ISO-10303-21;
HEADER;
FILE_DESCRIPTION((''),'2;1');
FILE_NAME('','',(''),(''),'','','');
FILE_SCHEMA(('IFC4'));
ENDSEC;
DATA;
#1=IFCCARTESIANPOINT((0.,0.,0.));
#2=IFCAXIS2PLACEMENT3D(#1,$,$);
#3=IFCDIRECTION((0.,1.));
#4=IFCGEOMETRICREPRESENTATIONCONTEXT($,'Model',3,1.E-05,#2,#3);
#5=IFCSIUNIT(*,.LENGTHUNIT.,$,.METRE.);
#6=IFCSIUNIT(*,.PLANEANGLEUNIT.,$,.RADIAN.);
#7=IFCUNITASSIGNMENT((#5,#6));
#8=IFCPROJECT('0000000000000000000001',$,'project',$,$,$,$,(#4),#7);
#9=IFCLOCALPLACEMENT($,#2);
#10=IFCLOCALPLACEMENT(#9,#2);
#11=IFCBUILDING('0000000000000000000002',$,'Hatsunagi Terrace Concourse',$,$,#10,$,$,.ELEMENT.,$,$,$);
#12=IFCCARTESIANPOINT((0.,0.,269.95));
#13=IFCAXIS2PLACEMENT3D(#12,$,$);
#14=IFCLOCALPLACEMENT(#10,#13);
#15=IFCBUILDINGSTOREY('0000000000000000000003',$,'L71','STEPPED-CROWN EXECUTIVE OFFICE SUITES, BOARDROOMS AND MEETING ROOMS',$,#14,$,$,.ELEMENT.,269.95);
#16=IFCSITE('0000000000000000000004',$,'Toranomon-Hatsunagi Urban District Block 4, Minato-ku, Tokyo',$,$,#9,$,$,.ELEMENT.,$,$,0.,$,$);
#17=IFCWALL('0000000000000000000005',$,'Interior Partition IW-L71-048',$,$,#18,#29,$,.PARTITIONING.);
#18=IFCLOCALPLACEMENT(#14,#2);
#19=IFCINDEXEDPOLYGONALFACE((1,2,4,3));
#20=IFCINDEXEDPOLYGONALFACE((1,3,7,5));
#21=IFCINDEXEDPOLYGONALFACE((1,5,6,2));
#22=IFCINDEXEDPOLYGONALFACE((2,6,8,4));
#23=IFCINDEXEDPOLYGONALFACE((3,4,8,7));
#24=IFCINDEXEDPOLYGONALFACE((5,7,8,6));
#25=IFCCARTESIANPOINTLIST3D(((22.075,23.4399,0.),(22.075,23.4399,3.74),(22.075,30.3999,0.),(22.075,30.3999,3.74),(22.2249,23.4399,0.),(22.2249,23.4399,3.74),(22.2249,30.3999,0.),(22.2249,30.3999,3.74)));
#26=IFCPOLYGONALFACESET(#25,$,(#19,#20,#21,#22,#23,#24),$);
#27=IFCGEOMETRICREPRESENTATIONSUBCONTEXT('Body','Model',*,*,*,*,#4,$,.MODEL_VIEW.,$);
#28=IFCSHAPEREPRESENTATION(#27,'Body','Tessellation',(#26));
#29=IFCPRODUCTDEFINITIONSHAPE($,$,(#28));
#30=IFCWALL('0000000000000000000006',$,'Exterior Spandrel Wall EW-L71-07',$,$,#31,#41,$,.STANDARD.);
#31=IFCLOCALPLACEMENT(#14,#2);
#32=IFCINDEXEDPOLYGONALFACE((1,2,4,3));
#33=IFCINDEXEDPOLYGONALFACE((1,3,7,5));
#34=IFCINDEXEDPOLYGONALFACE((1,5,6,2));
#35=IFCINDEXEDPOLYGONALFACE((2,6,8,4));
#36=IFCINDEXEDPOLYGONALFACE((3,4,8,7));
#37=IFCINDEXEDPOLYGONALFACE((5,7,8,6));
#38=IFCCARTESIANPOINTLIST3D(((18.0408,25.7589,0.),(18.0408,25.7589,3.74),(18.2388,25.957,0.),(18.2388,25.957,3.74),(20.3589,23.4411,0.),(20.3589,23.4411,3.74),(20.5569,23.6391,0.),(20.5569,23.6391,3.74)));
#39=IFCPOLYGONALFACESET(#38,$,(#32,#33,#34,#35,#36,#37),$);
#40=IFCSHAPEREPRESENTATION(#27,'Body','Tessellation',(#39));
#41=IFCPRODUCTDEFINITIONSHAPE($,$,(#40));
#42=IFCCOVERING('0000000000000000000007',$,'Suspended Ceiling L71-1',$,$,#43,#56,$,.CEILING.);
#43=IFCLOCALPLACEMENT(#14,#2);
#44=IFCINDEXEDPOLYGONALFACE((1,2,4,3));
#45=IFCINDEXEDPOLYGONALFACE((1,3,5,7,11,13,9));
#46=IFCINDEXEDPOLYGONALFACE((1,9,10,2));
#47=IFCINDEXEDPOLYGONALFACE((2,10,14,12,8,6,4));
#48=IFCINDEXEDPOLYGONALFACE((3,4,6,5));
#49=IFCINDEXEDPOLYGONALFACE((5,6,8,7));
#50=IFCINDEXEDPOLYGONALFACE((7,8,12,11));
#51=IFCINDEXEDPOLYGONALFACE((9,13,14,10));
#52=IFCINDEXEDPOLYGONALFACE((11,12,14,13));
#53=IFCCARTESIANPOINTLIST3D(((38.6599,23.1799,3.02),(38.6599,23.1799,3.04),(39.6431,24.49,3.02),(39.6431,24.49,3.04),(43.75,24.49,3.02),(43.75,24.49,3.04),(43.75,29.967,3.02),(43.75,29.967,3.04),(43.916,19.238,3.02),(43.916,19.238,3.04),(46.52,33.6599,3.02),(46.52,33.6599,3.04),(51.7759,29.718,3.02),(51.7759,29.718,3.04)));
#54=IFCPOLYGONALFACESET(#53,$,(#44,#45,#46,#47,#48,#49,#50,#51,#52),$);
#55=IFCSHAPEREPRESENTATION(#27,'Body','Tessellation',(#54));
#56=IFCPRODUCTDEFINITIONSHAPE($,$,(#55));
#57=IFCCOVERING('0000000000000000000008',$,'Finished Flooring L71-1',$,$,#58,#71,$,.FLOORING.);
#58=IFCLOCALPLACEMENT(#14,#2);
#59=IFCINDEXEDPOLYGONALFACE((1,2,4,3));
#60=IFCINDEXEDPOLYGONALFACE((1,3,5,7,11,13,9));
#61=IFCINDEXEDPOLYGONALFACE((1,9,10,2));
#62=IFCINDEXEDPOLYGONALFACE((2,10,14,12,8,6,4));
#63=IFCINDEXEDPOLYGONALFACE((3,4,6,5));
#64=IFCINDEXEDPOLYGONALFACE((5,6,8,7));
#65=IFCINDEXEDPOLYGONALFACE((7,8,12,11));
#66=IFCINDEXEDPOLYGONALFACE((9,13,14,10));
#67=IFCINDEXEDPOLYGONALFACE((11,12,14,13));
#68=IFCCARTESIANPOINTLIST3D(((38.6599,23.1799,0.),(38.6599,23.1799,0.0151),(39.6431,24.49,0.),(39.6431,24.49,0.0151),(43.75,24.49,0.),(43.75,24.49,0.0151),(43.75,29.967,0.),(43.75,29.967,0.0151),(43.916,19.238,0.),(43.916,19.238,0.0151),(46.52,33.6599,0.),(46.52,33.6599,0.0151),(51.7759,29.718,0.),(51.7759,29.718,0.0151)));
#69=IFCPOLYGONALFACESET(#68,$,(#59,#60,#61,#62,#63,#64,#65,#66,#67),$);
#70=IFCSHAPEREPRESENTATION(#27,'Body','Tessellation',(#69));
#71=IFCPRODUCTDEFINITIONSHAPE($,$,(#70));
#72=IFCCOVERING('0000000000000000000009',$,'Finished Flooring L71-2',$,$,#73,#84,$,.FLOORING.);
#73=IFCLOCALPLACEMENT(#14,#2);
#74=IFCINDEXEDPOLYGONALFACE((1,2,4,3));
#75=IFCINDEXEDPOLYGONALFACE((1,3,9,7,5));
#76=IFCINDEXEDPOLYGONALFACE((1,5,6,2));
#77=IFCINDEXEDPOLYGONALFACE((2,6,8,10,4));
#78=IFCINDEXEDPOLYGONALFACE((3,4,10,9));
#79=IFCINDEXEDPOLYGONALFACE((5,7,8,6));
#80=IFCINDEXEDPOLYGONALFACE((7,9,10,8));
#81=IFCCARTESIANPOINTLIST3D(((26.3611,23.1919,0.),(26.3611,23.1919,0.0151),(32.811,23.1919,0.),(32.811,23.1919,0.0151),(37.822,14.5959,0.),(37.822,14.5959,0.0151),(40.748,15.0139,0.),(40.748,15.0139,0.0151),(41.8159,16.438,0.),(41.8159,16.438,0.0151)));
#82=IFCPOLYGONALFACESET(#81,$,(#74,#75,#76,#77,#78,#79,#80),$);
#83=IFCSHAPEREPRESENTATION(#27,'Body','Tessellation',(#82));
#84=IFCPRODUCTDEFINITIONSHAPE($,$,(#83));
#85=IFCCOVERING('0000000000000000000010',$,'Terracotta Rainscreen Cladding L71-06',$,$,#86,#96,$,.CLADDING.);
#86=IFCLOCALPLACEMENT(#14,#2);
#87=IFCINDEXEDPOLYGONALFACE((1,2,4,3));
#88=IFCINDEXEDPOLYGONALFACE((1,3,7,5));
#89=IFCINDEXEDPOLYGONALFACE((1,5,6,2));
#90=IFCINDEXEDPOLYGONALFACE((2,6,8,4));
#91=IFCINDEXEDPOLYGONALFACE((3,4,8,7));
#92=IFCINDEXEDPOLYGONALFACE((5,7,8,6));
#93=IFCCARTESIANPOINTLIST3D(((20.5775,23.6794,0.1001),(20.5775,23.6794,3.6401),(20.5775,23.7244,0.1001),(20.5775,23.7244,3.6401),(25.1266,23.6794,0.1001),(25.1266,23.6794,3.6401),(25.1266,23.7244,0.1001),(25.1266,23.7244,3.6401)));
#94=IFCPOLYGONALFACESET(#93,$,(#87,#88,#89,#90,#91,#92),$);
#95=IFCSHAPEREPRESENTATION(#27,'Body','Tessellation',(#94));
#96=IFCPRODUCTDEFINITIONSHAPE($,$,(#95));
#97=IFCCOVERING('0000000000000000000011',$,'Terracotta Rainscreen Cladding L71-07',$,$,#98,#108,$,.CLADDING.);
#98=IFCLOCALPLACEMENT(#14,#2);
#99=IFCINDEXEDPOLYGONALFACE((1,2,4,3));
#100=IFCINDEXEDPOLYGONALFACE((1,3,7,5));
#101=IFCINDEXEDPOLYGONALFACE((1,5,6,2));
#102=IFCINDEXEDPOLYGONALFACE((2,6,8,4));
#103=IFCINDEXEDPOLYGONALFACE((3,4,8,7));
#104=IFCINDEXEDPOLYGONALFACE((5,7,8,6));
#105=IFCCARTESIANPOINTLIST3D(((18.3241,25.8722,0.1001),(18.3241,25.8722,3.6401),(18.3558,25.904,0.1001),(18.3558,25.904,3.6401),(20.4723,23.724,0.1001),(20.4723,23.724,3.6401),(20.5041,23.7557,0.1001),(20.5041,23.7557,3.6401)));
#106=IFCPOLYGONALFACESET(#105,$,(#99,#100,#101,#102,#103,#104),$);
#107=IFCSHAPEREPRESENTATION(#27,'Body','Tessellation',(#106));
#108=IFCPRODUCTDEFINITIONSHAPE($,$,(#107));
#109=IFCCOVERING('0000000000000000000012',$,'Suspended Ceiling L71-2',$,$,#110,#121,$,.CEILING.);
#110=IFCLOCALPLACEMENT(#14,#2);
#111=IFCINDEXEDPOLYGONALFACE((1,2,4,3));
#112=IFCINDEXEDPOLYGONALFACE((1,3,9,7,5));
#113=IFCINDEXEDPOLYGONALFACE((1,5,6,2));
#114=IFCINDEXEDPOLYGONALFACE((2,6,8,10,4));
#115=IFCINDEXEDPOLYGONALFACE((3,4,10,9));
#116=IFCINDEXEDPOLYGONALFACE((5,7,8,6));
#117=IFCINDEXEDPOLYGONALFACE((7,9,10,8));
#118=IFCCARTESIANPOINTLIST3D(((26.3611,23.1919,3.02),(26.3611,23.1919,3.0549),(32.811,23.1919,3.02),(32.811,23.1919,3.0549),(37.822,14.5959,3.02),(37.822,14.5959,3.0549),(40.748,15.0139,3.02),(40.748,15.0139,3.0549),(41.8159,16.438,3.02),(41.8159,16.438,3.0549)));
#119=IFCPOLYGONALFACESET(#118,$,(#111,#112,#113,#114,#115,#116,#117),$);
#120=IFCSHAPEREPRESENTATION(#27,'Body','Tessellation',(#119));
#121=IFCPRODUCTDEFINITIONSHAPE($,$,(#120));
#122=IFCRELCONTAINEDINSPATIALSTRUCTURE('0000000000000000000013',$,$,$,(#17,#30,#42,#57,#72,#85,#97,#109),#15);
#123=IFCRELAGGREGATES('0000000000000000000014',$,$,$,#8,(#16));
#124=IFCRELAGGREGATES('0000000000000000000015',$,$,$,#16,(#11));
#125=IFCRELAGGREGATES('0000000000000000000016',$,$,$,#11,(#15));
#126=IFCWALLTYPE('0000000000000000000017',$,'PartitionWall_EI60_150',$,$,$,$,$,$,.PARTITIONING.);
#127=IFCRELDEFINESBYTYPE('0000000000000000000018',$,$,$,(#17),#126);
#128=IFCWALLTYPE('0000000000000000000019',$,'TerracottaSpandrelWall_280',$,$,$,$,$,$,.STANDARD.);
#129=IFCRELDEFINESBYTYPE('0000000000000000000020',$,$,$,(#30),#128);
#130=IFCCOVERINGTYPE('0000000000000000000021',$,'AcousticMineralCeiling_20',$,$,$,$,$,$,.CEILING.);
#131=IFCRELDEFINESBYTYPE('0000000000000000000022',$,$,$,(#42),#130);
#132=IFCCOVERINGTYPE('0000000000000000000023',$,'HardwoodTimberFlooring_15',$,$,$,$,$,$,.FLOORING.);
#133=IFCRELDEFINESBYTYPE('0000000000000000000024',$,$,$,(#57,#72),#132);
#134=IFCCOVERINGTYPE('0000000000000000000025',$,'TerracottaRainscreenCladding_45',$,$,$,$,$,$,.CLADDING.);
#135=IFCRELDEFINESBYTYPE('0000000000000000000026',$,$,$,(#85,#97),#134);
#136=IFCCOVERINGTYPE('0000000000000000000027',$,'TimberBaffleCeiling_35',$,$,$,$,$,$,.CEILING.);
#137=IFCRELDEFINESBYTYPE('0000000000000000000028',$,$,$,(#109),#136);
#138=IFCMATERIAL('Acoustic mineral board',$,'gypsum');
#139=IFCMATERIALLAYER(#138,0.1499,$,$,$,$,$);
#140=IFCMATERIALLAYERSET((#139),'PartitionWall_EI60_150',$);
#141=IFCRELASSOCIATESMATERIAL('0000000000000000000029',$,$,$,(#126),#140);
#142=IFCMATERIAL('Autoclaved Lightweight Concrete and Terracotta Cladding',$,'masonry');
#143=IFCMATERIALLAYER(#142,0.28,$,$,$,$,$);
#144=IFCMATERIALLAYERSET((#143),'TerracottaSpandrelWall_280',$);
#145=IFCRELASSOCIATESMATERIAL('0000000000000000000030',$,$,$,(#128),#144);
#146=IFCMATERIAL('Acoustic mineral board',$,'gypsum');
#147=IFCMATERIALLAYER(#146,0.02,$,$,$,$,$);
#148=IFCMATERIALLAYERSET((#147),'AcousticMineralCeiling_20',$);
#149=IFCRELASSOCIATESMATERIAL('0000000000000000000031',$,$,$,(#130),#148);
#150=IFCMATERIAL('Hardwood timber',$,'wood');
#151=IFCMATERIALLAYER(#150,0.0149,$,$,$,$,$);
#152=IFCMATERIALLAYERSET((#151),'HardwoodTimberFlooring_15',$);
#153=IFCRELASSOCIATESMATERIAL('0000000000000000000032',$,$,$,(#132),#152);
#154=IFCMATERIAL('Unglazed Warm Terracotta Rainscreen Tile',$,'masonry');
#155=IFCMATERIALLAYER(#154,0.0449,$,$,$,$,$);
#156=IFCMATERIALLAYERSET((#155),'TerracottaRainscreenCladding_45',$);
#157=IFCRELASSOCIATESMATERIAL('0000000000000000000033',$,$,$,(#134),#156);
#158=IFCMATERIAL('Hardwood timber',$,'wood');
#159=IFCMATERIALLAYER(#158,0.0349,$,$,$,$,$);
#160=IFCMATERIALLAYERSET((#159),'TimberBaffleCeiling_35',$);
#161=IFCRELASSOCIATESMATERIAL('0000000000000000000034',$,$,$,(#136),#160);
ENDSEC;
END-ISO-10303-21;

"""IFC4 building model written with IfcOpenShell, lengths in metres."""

from ifc_helpers import new_model, si_unit, direction, frame, frame_2d, origin, origin_2d, place, context, subcontext, project, spatial, polyline, rectangle, outline, extrude, material, layer, layer_set, type_object, element, save


model = new_model("IFC4")

# Units and contexts
model_context = context("Model", 3, precision=1e-05, world=origin(), true_north=direction((0.0, 1.0)))
body_context = subcontext(model_context, "Body", "Model", "MODEL_VIEW")
ifc_project = project(units=[si_unit("LENGTHUNIT", "METRE"), si_unit("PLANEANGLEUNIT", "RADIAN")], contexts=[model_context])

# Site, building, storey
site_placement = place(None, origin())
site = spatial("IfcSite", under=ifc_project, at=site_placement, Name="Toranomon-Hatsunagi Urban District Block 4, Minato-ku, Tokyo", CompositionType="ELEMENT", RefElevation=0.0)
building_placement = place(site_placement, origin())
building = spatial("IfcBuilding", under=site, at=building_placement, Name="Hatsunagi Terrace Concourse", CompositionType="ELEMENT")
storey_placement = place(building_placement, frame((0.0, 0.0, 269.95)))
storey = spatial("IfcBuildingStorey", under=building, at=storey_placement, Name="L71", Description="STEPPED-CROWN EXECUTIVE OFFICE SUITES, BOARDROOMS AND MEETING ROOMS", CompositionType="ELEMENT", Elevation=269.95)

# Shared definitions
ifc_material_1 = material(Name="Acoustic mineral board", Category="gypsum")
ifc_layer_1 = layer(ifc_material_1, 0.1499)
ifc_layer_set_1 = layer_set([ifc_layer_1], Name="PartitionWall_EI60_150")
wall_type_1 = type_object("IfcWallType", Name="PartitionWall_EI60_150", PredefinedType="PARTITIONING", material=ifc_layer_set_1)

# Walls
wall_1_placement = place(storey_placement, frame((22.1499, 23.4399, 0.0), z_axis=(0.0, 0.0, 1.0), x_axis=(0.0, 1.0, 0.0)))
element("IfcWall", 1, at=wall_1_placement, inside=storey, type_object=wall_type_1, Name="Interior Partition IW-L71-048", PredefinedType="PARTITIONING", context=body_context, shape_type="SweptSolid", body=[
    extrude(rectangle(XDim=6.96, YDim=0.1499, at=frame_2d((3.48, 0.0))), origin(), (0.0, 0.0, 1.0), 3.74),
])
ifc_material_2 = material(Name="Autoclaved Lightweight Concrete and Terracotta Cladding", Category="masonry")
ifc_layer_2 = layer(ifc_material_2, 0.28)
ifc_layer_set_2 = layer_set([ifc_layer_2], Name="TerracottaSpandrelWall_280")
wall_type_2 = type_object("IfcWallType", Name="TerracottaSpandrelWall_280", PredefinedType="STANDARD", material=ifc_layer_set_2)
wall_2_placement = place(storey_placement, frame((20.458, 23.54, 0.0), z_axis=(0.0, 0.0, 1.0), x_axis=(-0.707144, 0.70707, 0.0)))
element("IfcWall", 2, at=wall_2_placement, inside=storey, type_object=wall_type_2, Name="Exterior Spandrel Wall EW-L71-07", PredefinedType="STANDARD", context=body_context, shape_type="SweptSolid", body=[
    extrude(rectangle(XDim=3.2781, YDim=0.28, at=frame_2d((1.6392, 0.0))), origin(), (0.0, 0.0, 1.0), 3.74),
])

# Coverings
ifc_material_3 = material(Name="Acoustic mineral board", Category="gypsum")
ifc_layer_3 = layer(ifc_material_3, 0.02)
ifc_layer_set_3 = layer_set([ifc_layer_3], Name="AcousticMineralCeiling_20")
covering_type_1 = type_object("IfcCoveringType", Name="AcousticMineralCeiling_20", PredefinedType="CEILING", material=ifc_layer_set_3)
covering_1_placement = place(storey_placement, frame((0.0, 0.0, 3.02)))
element("IfcCovering", 3, at=covering_1_placement, inside=storey, type_object=covering_type_1, Name="Suspended Ceiling L71-1", PredefinedType="CEILING", context=body_context, shape_type="SweptSolid", body=[
    extrude(outline(polyline([(51.7759, 29.718), (46.52, 33.6599), (43.75, 29.967), (43.75, 24.49), (39.6431, 24.49), (38.6599, 23.1799), (43.916, 19.238), (51.7759, 29.718)])), origin(), (0.0, 0.0, 1.0), 0.02),
])
ifc_material_4 = material(Name="Hardwood timber", Category="wood")
ifc_layer_4 = layer(ifc_material_4, 0.0149)
ifc_layer_set_4 = layer_set([ifc_layer_4], Name="HardwoodTimberFlooring_15")
covering_type_2 = type_object("IfcCoveringType", Name="HardwoodTimberFlooring_15", PredefinedType="FLOORING", material=ifc_layer_set_4)
covering_2_placement = place(storey_placement, origin())
element("IfcCovering", 4, at=covering_2_placement, inside=storey, type_object=covering_type_2, Name="Finished Flooring L71-1", PredefinedType="FLOORING", context=body_context, shape_type="SweptSolid", body=[
    extrude(outline(polyline([(51.7759, 29.718), (46.52, 33.6599), (43.75, 29.967), (43.75, 24.49), (39.6431, 24.49), (38.6599, 23.1799), (43.916, 19.238), (51.7759, 29.718)])), origin(), (0.0, 0.0, 1.0), 0.0151),
])
covering_3_placement = place(storey_placement, origin())
element("IfcCovering", 5, at=covering_3_placement, inside=storey, type_object=covering_type_2, Name="Finished Flooring L71-2", PredefinedType="FLOORING", context=body_context, shape_type="SweptSolid", body=[
    extrude(outline(polyline([(26.3611, 23.1919), (37.822, 14.5959), (40.748, 15.0139), (41.8159, 16.438), (32.811, 23.1919), (26.3611, 23.1919)])), origin(), (0.0, 0.0, 1.0), 0.0151),
])
ifc_material_5 = material(Name="Unglazed Warm Terracotta Rainscreen Tile", Category="masonry")
ifc_layer_5 = layer(ifc_material_5, 0.0449)
ifc_layer_set_5 = layer_set([ifc_layer_5], Name="TerracottaRainscreenCladding_45")
covering_type_3 = type_object("IfcCoveringType", Name="TerracottaRainscreenCladding_45", PredefinedType="CLADDING", material=ifc_layer_set_5)
covering_4_placement = place(storey_placement, frame((22.8521, 23.7019, 0.1001), z_axis=(0.0, 0.0, 1.0), x_axis=(-1.0, 0.0, 0.0)))
element("IfcCovering", 6, at=covering_4_placement, inside=storey, type_object=covering_type_3, Name="Terracotta Rainscreen Cladding L71-06", PredefinedType="CLADDING", context=body_context, shape_type="SweptSolid", body=[
    extrude(rectangle(XDim=4.5491, YDim=0.0449, at=origin_2d()), origin(), (0.0, 0.0, 1.0), 3.54),
])
covering_5_placement = place(storey_placement, frame((19.4141, 24.814, 0.1001), z_axis=(0.0, 0.0, 1.0), x_axis=(-0.707107, 0.707107, 0.0)))
element("IfcCovering", 7, at=covering_5_placement, inside=storey, type_object=covering_type_3, Name="Terracotta Rainscreen Cladding L71-07", PredefinedType="CLADDING", context=body_context, shape_type="SweptSolid", body=[
    extrude(rectangle(XDim=3.0381, YDim=0.0449, at=origin_2d()), origin(), (0.0, 0.0, 1.0), 3.54),
])
ifc_material_6 = material(Name="Hardwood timber", Category="wood")
ifc_layer_6 = layer(ifc_material_6, 0.0349)
ifc_layer_set_6 = layer_set([ifc_layer_6], Name="TimberBaffleCeiling_35")
covering_type_4 = type_object("IfcCoveringType", Name="TimberBaffleCeiling_35", PredefinedType="CEILING", material=ifc_layer_set_6)
covering_6_placement = place(storey_placement, frame((0.0, 0.0, 3.02)))
element("IfcCovering", 8, at=covering_6_placement, inside=storey, type_object=covering_type_4, Name="Suspended Ceiling L71-2", PredefinedType="CEILING", context=body_context, shape_type="SweptSolid", body=[
    extrude(outline(polyline([(26.3611, 23.1919), (37.822, 14.5959), (40.748, 15.0139), (41.8159, 16.438), (32.811, 23.1919), (26.3611, 23.1919)])), origin(), (0.0, 0.0, 1.0), 0.0349),
])

save(model, "model.ifc")
